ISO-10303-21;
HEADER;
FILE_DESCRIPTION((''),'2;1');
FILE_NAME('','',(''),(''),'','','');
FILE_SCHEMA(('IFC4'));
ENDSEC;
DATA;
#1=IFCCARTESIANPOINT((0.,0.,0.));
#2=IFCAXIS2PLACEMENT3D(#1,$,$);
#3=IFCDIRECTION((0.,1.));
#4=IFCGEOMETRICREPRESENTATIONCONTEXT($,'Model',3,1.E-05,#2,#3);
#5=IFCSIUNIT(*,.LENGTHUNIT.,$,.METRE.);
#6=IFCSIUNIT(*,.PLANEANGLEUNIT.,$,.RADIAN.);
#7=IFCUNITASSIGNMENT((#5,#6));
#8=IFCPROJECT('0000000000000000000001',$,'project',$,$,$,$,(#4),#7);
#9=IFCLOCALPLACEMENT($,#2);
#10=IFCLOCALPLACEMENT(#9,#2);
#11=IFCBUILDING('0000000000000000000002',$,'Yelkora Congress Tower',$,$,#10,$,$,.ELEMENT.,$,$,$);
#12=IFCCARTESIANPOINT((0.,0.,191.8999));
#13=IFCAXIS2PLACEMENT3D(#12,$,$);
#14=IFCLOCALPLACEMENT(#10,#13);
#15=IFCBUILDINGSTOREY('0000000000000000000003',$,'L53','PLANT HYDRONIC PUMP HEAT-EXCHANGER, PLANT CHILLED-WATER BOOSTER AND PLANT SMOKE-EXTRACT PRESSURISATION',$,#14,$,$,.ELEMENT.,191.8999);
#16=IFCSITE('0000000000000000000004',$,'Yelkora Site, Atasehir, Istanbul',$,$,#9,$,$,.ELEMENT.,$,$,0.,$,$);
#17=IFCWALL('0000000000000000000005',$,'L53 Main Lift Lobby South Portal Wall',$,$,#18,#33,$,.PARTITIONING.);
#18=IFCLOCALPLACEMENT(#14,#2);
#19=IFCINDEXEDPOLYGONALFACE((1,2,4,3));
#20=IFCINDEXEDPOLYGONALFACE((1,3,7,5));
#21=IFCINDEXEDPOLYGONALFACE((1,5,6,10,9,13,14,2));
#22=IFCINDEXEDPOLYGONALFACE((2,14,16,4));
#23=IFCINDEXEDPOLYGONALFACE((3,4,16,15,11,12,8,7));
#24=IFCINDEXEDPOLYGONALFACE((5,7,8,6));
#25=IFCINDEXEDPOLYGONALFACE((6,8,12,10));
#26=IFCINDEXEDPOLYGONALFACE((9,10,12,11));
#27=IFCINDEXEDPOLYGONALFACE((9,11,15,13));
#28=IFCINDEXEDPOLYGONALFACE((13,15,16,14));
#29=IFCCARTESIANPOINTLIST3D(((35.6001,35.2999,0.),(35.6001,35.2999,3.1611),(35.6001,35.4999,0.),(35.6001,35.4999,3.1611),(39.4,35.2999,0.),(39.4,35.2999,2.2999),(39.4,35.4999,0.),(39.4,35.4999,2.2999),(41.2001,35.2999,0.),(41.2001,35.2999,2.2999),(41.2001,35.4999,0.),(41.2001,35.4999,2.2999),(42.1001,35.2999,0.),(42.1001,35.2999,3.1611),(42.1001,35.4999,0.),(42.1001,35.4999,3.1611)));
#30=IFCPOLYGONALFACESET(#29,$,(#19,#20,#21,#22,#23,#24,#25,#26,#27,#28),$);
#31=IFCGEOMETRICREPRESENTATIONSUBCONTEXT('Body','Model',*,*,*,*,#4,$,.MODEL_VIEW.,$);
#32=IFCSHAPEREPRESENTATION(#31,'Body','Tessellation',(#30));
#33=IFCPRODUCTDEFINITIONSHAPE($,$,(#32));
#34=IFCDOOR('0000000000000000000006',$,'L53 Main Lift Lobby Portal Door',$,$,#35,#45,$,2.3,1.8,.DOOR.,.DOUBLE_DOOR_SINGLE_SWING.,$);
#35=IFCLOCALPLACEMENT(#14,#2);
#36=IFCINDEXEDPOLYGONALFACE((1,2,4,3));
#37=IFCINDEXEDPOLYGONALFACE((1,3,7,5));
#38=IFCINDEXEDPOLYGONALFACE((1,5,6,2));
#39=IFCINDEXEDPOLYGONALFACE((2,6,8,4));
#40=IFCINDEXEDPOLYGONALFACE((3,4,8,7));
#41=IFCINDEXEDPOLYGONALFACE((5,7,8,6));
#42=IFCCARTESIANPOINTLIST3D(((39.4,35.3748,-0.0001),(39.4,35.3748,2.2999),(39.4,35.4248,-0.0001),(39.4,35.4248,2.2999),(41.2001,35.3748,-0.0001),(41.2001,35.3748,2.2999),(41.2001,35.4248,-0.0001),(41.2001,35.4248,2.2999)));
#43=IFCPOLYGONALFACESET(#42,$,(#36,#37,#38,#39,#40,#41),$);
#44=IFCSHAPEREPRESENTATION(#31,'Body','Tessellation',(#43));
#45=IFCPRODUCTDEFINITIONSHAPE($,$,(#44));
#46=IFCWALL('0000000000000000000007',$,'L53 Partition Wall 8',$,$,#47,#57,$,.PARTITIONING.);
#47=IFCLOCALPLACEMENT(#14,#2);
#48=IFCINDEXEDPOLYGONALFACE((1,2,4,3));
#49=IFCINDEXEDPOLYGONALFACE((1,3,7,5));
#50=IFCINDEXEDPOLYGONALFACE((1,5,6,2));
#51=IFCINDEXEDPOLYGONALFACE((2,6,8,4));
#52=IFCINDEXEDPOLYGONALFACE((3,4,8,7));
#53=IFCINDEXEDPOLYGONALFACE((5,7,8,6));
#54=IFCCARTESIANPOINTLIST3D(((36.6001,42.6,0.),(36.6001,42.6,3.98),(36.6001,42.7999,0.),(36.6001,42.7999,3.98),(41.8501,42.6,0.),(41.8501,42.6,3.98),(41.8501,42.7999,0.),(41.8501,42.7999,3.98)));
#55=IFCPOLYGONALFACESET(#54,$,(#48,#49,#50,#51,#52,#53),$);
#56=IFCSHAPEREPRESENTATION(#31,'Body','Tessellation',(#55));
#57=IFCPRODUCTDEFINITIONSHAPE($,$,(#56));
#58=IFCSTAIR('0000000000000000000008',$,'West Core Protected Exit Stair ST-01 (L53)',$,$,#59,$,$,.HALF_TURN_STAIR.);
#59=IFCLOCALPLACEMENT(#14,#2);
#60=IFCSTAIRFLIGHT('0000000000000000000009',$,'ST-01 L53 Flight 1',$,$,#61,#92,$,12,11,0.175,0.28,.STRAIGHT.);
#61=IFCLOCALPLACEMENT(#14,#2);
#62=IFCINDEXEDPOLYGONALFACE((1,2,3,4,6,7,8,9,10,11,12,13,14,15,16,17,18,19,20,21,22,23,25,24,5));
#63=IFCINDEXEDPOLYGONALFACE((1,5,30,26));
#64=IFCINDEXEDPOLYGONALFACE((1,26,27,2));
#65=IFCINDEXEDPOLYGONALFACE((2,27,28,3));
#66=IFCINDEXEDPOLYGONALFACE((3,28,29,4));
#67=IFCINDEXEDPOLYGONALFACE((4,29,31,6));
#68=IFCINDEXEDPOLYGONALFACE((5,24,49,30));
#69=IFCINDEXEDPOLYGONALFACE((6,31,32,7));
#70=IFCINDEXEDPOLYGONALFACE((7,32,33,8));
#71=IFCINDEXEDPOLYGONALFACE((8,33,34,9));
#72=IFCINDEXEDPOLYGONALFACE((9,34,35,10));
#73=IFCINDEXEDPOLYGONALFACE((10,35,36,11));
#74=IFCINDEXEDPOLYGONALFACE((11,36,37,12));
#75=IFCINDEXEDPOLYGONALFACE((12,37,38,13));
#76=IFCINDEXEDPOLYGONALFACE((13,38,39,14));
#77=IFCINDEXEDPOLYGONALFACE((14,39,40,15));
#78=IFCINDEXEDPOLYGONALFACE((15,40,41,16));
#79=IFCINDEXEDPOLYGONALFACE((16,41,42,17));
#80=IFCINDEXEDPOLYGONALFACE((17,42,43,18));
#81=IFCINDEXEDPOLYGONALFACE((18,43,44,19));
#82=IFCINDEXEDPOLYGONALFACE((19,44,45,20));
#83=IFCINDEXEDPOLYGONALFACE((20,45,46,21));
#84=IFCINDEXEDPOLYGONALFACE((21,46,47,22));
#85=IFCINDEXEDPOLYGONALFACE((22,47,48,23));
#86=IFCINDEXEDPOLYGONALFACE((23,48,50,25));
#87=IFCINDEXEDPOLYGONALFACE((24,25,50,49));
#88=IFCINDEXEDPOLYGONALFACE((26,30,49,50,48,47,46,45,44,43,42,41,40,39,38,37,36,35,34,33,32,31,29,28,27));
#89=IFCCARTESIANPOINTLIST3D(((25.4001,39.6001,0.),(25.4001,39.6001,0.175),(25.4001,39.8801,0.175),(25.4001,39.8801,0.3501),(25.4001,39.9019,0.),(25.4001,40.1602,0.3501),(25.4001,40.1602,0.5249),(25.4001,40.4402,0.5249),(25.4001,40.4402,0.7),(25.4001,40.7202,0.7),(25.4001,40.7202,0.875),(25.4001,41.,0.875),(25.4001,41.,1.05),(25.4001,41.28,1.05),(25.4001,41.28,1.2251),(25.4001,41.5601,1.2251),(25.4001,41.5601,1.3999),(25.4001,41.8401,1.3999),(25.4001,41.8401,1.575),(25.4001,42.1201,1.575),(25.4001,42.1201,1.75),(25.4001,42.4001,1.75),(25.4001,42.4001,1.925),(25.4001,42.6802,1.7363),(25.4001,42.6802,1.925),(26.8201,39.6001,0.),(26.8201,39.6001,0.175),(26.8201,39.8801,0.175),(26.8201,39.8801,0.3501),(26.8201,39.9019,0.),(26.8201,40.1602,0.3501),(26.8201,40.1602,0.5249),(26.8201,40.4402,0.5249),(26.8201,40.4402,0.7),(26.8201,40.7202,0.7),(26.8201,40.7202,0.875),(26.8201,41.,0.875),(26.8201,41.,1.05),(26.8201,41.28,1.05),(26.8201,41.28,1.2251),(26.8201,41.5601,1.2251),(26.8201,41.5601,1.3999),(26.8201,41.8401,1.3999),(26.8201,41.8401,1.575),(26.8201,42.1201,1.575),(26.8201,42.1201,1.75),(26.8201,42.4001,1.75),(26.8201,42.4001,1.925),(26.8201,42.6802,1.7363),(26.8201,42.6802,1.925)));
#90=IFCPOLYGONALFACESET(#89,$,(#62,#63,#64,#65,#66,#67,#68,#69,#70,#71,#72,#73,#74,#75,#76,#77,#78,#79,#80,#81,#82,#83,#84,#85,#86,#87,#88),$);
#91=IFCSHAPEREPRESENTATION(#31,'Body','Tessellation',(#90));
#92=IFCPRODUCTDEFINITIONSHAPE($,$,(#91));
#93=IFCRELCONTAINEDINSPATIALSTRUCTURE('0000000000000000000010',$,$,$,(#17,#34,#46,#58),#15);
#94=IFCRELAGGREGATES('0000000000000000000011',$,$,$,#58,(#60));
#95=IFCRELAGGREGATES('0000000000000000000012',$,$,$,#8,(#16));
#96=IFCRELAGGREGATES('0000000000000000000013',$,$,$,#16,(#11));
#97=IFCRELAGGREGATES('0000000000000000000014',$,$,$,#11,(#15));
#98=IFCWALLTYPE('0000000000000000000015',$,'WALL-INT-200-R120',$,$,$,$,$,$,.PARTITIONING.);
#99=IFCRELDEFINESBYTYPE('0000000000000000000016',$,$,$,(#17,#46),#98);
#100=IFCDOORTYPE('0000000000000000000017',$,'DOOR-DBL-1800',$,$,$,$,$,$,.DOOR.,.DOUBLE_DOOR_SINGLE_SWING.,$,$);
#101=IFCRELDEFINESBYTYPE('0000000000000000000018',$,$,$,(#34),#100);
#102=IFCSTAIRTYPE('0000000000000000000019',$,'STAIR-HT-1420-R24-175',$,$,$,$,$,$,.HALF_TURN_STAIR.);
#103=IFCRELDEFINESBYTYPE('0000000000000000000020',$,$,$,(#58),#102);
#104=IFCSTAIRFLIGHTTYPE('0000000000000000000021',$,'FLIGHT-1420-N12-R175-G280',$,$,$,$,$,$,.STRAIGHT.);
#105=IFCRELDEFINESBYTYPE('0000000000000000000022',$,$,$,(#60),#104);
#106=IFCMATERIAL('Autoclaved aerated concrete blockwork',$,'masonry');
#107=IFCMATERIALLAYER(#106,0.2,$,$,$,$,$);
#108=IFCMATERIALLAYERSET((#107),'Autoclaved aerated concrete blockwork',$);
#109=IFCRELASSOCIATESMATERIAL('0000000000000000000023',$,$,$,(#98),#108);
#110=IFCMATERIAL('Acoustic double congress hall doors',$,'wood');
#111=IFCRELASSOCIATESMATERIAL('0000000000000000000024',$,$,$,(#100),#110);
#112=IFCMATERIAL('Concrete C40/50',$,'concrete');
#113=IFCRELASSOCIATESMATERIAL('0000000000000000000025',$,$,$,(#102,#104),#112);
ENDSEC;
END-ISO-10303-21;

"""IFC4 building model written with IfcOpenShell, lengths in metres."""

from ifc_helpers import new_model, si_unit, direction, frame, frame_2d, origin, place, context, subcontext, project, spatial, polyline, rectangle, outline, extrude, material, layer, layer_set, type_object, element, fill, aggregate, save


model = new_model("IFC4")

# Units and contexts
model_context = context("Model", 3, precision=1e-05, world=origin(), true_north=direction((0.0, 1.0)))
body_context = subcontext(model_context, "Body", "Model", "MODEL_VIEW")
ifc_project = project(units=[si_unit("LENGTHUNIT", "METRE"), si_unit("PLANEANGLEUNIT", "RADIAN")], contexts=[model_context])

# Site, building, storey
site_placement = place(None, origin())
site = spatial("IfcSite", under=ifc_project, at=site_placement, Name="Yelkora Site, Atasehir, Istanbul", CompositionType="ELEMENT", RefElevation=0.0)
building_placement = place(site_placement, origin())
building = spatial("IfcBuilding", under=site, at=building_placement, Name="Yelkora Congress Tower", CompositionType="ELEMENT")
storey_placement = place(building_placement, frame((0.0, 0.0, 191.8999)))
storey = spatial("IfcBuildingStorey", under=building, at=storey_placement, Name="L53", Description="PLANT HYDRONIC PUMP HEAT-EXCHANGER, PLANT CHILLED-WATER BOOSTER AND PLANT SMOKE-EXTRACT PRESSURISATION", CompositionType="ELEMENT", Elevation=191.8999)

# Shared definitions
ifc_material_1 = material(Name="Autoclaved aerated concrete blockwork", Category="masonry")
ifc_layer_1 = layer(ifc_material_1, 0.2)
ifc_layer_set_1 = layer_set([ifc_layer_1], Name="Autoclaved aerated concrete blockwork")
wall_type_1 = type_object("IfcWallType", Name="WALL-INT-200-R120", PredefinedType="PARTITIONING", material=ifc_layer_set_1)

# Wall, opening, door
wall_1_placement = place(storey_placement, frame((35.6001, 35.3999, 0.0), z_axis=(0.0, 0.0, 1.0), x_axis=(1.0, 0.0, 0.0)))
wall_1 = element("IfcWall", 1, at=wall_1_placement, inside=storey, type_object=wall_type_1, Name="L53 Main Lift Lobby South Portal Wall", PredefinedType="PARTITIONING", context=body_context, shape_type="SweptSolid", body=[
    extrude(rectangle(XDim=6.5, YDim=0.2, at=frame_2d((3.25, 0.0))), origin(), (0.0, 0.0, 1.0), 3.1611),
])
opening_1_placement = place(wall_1_placement, frame((3.8, 0.0, 0.0)))
opening_1 = element("IfcOpeningElement", 2, at=opening_1_placement, cuts=wall_1, PredefinedType="OPENING", context=body_context, shape_type="SweptSolid", body=[
    extrude(rectangle(XDim=1.8, YDim=2.3, at=frame_2d((0.8999, 1.1499))), frame((0.0, 0.1099, 0.0), z_axis=(0.0, -1.0, 0.0), x_axis=(1.0, 0.0, 0.0)), (0.0, 0.0, 1.0), 0.22),
])
ifc_material_2 = material(Name="Acoustic double congress hall doors", Category="wood")
door_type_1 = type_object("IfcDoorType", Name="DOOR-DBL-1800", OperationType="DOUBLE_DOOR_SINGLE_SWING", PredefinedType="DOOR", material=ifc_material_2)
door_1_placement = place(opening_1_placement, origin())
door_1 = element("IfcDoor", 3, at=door_1_placement, inside=storey, type_object=door_type_1, Name="L53 Main Lift Lobby Portal Door", OperationType="DOUBLE_DOOR_SINGLE_SWING", OverallHeight=2.3, OverallWidth=1.8, PredefinedType="DOOR", context=body_context, shape_type="SweptSolid", body=[
    extrude(rectangle(XDim=1.8, YDim=2.3, at=frame_2d((0.8999, 1.1499))), frame((0.0, 0.0249, 0.0), z_axis=(0.0, -1.0, 0.0), x_axis=(1.0, 0.0, 0.0)), (0.0, 0.0, 1.0), 0.05),
])
fill(opening_1, door_1)

# Wall
wall_2_placement = place(storey_placement, frame((36.6001, 42.7, 0.0), z_axis=(0.0, 0.0, 1.0), x_axis=(1.0, 0.0, 0.0)))
element("IfcWall", 4, at=wall_2_placement, inside=storey, type_object=wall_type_1, Name="L53 Partition Wall 8", PredefinedType="PARTITIONING", context=body_context, shape_type="SweptSolid", body=[
    extrude(rectangle(XDim=5.25, YDim=0.2, at=frame_2d((2.625, 0.0))), origin(), (0.0, 0.0, 1.0), 3.98),
])

# Stair, stair flight
ifc_material_3 = material(Name="Concrete C40/50", Category="concrete")
stair_type = type_object("IfcStairType", Name="STAIR-HT-1420-R24-175", PredefinedType="HALF_TURN_STAIR", material=ifc_material_3)
stair_placement = place(storey_placement, origin())
stair = element("IfcStair", 5, at=stair_placement, inside=storey, type_object=stair_type, Name="West Core Protected Exit Stair ST-01 (L53)", PredefinedType="HALF_TURN_STAIR")
stair_flight_type = type_object("IfcStairFlightType", Name="FLIGHT-1420-N12-R175-G280", PredefinedType="STRAIGHT", material=ifc_material_3)
stair_flight_placement = place(storey_placement, frame((26.1101, 39.6001, 0.0), z_axis=(0.0, 0.0, 1.0), x_axis=(0.0, 1.0, 0.0)))
stair_flight = element("IfcStairFlight", 6, at=stair_flight_placement, type_object=stair_flight_type, Name="ST-01 L53 Flight 1", NumberOfRisers=12, NumberOfTreads=11, PredefinedType="STRAIGHT", RiserHeight=0.175, TreadLength=0.28, context=body_context, shape_type="SweptSolid", body=[
    extrude(outline(polyline([(0.0, 0.0), (0.0, 0.175), (0.28, 0.175), (0.28, 0.3501), (0.5601, 0.3501), (0.5601, 0.5249), (0.8401, 0.5249), (0.8401, 0.7), (1.1201, 0.7), (1.1201, 0.875), (1.3999, 0.875), (1.3999, 1.05), (1.6799, 1.05), (1.6799, 1.2251), (1.96, 1.2251), (1.96, 1.3999), (2.24, 1.3999), (2.24, 1.575), (2.52, 1.575), (2.52, 1.75), (2.8, 1.75), (2.8, 1.925), (3.0801, 1.925), (3.0801, 2.1001), (3.0801, 1.7363), (0.3018, 0.0), (0.0, 0.0)])), frame((0.0, 0.71, 0.0), z_axis=(0.0, -1.0, 0.0), x_axis=(1.0, 0.0, 0.0)), (0.0, 0.0, 1.0), 1.4199),
])
aggregate(stair, [stair_flight])

save(model, "model.ifc")
